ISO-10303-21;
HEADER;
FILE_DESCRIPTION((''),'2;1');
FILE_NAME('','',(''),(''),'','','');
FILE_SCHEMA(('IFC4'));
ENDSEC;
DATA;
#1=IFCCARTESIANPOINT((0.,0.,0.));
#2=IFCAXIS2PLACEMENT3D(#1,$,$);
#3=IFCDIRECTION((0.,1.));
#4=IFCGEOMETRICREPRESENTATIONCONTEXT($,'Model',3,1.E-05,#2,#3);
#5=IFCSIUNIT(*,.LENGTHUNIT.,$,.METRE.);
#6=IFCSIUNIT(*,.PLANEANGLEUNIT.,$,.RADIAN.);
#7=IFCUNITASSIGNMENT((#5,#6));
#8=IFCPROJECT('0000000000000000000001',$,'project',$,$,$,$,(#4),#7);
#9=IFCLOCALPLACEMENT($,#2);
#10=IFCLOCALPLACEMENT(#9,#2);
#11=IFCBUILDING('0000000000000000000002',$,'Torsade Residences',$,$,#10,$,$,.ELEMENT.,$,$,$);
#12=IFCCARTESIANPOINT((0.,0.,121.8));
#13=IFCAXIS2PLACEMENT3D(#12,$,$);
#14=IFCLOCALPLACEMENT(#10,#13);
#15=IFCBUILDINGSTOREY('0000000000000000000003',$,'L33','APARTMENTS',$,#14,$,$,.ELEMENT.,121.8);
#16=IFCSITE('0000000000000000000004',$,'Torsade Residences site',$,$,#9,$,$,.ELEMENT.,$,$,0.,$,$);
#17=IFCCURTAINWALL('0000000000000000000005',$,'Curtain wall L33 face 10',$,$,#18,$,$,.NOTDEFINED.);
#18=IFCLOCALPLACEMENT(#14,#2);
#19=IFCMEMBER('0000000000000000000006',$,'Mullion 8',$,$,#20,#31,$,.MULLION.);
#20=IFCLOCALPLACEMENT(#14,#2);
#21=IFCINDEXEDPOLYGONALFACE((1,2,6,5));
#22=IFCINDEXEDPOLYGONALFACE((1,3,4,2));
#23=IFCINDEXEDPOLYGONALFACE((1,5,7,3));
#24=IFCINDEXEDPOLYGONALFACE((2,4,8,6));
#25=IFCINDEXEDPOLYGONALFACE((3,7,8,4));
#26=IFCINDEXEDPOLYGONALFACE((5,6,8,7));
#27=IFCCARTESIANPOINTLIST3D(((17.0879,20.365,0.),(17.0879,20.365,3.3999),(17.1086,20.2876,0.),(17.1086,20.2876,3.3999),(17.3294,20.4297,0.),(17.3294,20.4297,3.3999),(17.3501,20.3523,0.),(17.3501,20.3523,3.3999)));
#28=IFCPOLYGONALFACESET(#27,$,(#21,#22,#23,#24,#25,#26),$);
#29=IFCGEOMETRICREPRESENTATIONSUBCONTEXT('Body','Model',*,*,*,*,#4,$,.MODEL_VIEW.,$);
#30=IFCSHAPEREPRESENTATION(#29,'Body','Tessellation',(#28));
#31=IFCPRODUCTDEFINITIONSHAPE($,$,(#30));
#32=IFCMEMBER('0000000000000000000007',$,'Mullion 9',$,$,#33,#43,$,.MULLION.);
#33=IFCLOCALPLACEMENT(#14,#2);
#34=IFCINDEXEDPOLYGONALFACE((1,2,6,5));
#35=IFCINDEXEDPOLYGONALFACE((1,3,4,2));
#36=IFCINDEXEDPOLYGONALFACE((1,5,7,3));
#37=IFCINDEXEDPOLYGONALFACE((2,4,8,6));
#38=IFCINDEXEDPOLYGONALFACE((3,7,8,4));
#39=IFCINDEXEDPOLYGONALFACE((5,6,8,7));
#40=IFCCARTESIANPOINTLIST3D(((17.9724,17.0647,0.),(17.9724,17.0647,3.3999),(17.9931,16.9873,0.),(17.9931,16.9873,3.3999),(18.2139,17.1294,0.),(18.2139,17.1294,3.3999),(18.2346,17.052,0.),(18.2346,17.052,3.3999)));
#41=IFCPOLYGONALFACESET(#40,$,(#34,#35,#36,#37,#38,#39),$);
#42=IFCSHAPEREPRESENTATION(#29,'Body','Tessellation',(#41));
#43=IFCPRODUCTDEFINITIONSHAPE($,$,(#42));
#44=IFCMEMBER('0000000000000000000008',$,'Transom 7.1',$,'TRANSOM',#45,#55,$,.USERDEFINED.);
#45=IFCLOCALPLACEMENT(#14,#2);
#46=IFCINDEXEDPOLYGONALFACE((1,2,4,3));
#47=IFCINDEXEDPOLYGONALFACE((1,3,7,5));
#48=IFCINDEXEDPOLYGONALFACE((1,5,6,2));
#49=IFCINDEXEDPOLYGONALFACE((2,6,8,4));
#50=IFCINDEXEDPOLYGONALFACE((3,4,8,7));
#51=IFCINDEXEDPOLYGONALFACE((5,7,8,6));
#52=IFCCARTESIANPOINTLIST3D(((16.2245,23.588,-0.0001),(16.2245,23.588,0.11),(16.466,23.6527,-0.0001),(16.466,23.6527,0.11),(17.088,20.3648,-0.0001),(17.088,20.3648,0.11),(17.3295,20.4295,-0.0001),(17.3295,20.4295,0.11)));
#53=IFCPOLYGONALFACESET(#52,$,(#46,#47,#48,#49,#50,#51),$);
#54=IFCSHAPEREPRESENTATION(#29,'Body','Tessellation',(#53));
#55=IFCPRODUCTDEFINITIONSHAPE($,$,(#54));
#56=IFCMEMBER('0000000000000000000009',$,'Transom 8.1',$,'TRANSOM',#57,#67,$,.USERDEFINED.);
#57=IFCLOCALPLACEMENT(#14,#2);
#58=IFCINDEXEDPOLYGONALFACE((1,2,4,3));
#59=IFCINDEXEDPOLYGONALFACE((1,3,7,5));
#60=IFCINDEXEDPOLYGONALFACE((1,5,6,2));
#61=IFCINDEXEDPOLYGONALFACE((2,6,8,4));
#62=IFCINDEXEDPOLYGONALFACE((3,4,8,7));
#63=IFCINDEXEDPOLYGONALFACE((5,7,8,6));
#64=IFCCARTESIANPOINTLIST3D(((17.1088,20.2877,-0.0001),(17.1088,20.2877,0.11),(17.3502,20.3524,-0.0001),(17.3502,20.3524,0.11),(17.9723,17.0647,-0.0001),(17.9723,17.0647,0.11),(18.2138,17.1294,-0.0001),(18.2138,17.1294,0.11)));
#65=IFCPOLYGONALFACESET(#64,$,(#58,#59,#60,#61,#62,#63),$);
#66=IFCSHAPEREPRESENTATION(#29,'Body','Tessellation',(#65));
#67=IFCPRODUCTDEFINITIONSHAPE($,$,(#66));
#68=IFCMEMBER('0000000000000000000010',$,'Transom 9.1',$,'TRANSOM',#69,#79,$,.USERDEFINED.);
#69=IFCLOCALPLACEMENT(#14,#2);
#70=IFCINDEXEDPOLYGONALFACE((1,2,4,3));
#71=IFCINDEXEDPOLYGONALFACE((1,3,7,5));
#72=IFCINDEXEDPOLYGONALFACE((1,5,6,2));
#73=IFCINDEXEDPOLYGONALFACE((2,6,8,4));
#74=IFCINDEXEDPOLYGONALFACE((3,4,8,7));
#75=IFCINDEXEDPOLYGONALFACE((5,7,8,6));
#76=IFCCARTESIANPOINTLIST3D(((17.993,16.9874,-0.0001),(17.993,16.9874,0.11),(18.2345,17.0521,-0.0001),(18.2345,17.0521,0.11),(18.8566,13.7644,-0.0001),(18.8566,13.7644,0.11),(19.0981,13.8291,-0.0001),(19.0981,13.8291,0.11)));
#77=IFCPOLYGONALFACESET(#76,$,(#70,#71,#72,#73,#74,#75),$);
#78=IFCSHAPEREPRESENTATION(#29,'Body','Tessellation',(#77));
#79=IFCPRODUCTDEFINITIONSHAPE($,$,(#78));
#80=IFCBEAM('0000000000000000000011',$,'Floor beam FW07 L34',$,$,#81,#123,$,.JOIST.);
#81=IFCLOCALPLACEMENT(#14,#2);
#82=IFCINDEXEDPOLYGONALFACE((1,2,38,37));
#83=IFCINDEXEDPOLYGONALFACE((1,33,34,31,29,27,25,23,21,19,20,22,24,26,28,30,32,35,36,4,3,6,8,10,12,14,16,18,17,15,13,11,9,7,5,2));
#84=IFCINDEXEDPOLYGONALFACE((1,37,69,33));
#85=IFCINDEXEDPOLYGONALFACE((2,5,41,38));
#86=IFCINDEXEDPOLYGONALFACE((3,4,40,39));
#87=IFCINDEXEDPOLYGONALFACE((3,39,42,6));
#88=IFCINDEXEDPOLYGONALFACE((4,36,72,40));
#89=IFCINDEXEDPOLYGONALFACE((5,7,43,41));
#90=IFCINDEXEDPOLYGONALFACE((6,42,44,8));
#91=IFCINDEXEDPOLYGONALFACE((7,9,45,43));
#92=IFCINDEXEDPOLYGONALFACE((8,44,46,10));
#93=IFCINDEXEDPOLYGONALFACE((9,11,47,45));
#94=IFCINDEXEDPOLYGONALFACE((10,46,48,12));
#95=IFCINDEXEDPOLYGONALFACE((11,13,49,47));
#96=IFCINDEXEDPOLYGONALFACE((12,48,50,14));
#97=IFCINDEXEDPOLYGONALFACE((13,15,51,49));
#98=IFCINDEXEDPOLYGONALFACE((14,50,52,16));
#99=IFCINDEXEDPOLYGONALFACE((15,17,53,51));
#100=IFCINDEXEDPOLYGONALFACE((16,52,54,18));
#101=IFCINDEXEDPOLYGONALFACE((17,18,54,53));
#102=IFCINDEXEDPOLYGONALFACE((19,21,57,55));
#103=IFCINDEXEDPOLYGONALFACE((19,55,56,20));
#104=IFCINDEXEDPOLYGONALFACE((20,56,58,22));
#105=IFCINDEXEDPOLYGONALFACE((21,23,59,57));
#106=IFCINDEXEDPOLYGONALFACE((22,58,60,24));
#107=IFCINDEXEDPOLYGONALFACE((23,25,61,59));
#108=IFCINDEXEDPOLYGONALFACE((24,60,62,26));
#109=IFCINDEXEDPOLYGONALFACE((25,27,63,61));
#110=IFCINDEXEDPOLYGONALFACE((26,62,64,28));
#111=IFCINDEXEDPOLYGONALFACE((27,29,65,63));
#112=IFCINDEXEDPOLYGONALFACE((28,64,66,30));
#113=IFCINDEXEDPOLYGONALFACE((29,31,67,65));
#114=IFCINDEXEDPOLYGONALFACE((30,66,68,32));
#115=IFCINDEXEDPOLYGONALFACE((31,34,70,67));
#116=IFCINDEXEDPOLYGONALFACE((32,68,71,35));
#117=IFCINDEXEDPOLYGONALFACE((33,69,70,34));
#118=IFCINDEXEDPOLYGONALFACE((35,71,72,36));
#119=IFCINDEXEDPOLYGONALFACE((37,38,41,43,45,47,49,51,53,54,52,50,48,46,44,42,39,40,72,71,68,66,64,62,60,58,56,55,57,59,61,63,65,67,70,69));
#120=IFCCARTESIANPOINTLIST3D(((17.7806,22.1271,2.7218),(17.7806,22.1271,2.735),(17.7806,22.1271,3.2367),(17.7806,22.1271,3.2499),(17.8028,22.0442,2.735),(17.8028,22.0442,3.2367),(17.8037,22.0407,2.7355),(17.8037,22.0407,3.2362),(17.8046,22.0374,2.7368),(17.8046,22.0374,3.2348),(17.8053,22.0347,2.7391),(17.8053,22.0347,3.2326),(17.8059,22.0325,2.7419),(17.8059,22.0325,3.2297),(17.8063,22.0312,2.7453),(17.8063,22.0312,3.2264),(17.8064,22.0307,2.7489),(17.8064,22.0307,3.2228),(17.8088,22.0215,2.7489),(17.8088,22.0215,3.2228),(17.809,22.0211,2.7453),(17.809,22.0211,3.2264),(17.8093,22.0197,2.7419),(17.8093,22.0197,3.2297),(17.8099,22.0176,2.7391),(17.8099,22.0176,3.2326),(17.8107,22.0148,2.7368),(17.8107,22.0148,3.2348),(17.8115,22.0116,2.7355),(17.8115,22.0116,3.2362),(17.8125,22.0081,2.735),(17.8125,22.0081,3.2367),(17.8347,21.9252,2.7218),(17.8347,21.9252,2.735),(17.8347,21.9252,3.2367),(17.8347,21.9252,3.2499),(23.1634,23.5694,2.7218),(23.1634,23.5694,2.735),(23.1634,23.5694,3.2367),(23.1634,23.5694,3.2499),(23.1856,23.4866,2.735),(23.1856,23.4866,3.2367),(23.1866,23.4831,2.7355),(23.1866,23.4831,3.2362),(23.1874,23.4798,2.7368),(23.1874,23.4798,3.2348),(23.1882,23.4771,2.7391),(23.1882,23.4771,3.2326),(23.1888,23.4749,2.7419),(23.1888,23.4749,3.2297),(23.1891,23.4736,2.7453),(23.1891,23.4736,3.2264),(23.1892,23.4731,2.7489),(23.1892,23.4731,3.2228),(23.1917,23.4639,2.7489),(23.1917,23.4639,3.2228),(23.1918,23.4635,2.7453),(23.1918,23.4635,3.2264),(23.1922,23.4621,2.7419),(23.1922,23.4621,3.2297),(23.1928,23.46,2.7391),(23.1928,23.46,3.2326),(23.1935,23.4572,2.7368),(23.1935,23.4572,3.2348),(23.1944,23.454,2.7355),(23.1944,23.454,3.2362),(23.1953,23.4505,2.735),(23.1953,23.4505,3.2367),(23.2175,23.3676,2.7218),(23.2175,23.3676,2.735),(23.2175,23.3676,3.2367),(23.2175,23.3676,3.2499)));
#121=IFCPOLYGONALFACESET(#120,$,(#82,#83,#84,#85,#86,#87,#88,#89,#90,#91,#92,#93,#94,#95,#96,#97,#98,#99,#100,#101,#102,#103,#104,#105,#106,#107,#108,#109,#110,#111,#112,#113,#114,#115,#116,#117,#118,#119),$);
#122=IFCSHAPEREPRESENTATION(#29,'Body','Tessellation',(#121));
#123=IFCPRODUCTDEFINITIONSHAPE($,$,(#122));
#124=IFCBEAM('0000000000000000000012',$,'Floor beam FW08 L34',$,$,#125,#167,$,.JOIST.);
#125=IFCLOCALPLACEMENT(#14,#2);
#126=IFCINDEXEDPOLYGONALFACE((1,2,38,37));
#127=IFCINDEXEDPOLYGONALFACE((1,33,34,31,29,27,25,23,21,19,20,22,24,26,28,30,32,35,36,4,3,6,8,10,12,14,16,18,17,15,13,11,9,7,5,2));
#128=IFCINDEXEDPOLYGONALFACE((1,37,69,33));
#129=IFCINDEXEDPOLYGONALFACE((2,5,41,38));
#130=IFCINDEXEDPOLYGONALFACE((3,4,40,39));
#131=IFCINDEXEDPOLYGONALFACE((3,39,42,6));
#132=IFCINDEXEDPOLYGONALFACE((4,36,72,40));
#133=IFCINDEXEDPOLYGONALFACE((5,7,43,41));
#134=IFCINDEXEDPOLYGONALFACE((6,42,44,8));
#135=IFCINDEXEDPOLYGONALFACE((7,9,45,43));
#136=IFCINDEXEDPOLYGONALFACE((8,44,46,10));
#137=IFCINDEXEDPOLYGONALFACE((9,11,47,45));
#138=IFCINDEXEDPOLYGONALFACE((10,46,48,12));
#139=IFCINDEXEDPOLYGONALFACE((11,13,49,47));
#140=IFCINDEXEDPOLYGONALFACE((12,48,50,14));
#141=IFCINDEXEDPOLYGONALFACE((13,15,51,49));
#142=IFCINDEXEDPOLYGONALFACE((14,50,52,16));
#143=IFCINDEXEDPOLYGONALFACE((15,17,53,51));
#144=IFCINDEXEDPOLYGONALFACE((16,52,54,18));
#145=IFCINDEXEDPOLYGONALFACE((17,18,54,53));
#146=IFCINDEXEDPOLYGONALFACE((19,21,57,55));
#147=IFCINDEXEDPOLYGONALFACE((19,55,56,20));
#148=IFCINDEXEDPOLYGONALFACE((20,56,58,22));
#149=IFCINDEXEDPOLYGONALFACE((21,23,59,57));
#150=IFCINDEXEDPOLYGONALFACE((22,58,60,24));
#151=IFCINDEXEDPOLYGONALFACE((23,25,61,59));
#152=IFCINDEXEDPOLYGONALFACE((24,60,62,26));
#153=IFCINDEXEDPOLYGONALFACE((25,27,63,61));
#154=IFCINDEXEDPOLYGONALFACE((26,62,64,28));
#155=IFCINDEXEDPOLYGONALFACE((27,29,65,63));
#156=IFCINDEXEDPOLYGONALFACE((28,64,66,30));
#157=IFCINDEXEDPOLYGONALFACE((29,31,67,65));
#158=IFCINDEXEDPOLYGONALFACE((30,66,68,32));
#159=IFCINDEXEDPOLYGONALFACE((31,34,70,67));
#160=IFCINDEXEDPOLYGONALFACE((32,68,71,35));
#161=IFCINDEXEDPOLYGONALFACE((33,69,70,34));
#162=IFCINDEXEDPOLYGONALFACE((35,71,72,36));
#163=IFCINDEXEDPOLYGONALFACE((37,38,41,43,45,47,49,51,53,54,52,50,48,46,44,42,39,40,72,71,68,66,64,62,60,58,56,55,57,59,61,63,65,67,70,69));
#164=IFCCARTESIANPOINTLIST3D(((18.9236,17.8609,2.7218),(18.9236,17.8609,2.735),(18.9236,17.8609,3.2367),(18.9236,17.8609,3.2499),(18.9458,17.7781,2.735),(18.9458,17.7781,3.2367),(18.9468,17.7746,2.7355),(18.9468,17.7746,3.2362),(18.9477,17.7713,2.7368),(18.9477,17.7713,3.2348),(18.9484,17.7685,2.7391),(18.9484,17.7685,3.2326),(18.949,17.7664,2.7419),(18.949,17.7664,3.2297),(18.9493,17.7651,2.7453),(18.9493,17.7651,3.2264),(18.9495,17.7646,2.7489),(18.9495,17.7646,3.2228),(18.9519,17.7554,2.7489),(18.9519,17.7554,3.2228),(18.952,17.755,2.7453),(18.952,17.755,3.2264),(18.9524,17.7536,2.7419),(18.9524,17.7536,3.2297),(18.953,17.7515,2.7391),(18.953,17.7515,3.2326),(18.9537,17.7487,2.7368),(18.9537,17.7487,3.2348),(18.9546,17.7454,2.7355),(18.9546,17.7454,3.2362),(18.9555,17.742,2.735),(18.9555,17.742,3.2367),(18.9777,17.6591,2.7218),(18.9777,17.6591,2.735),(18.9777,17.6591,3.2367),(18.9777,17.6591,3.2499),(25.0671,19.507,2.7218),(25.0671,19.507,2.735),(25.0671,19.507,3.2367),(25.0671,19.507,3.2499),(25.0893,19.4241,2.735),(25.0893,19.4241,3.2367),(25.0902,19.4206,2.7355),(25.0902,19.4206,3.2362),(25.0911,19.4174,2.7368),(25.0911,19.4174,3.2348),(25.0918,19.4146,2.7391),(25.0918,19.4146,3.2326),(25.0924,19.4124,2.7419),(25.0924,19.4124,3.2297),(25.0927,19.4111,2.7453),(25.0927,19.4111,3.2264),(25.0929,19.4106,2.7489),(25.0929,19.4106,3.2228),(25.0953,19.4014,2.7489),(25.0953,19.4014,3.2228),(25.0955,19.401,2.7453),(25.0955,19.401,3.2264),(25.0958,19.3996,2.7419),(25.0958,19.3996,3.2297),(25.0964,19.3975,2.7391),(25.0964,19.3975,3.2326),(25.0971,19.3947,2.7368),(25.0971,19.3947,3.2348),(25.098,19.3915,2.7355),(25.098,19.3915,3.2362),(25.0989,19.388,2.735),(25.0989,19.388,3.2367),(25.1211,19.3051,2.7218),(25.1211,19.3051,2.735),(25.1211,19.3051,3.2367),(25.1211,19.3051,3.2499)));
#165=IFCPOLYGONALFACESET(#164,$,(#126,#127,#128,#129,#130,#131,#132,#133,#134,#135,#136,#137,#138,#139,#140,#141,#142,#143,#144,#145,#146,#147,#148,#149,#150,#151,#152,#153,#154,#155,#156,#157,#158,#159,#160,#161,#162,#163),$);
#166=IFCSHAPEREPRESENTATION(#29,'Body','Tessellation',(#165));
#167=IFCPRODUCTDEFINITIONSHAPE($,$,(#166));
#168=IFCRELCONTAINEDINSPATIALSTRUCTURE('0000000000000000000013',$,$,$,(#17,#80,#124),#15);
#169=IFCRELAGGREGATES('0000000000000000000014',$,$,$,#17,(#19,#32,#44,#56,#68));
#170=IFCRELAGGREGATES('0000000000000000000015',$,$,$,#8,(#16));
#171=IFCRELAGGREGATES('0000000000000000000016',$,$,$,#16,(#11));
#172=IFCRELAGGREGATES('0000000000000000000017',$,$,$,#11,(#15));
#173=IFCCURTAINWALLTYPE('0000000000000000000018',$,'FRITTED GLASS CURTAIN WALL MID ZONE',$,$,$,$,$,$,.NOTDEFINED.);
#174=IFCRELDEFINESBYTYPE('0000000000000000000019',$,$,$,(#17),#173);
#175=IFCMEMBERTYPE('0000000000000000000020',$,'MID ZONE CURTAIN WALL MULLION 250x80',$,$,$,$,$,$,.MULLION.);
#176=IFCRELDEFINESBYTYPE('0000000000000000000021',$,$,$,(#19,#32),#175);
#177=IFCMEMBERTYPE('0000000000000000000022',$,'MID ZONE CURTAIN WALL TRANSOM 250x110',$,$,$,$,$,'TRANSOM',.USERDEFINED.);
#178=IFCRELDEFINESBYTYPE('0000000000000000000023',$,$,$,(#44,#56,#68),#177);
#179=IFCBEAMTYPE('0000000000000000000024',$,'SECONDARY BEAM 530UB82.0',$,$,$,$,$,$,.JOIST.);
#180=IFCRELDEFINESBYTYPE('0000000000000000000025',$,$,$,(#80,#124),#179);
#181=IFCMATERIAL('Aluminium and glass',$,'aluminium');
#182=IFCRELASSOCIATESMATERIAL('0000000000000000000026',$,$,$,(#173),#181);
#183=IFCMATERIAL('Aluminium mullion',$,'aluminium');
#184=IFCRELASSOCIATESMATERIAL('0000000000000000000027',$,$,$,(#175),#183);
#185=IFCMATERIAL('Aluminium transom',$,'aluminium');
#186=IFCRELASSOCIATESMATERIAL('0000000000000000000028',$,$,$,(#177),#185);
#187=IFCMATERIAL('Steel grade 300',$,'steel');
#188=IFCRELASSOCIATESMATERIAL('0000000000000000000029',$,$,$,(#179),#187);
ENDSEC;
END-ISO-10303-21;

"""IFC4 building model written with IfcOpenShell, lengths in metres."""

from ifc_helpers import new_model, si_unit, direction, frame, origin, origin_2d, place, context, subcontext, project, spatial, rectangle, i_section, extrude, material, material_profile, profile_set, type_object, element, aggregate, save


model = new_model("IFC4")

# Units and contexts
model_context = context("Model", 3, precision=1e-05, world=origin(), true_north=direction((0.0, 1.0)))
body_context = subcontext(model_context, "Body", "Model", "MODEL_VIEW")
ifc_project = project(units=[si_unit("LENGTHUNIT", "METRE"), si_unit("PLANEANGLEUNIT", "RADIAN")], contexts=[model_context])

# Site, building, storey
site_placement = place(None, origin())
site = spatial("IfcSite", under=ifc_project, at=site_placement, Name="Torsade Residences site", CompositionType="ELEMENT", RefElevation=0.0)
building_placement = place(site_placement, origin())
building = spatial("IfcBuilding", under=site, at=building_placement, Name="Torsade Residences", CompositionType="ELEMENT")
storey_placement = place(building_placement, frame((0.0, 0.0, 121.8)))
storey = spatial("IfcBuildingStorey", under=building, at=storey_placement, Name="L33", Description="APARTMENTS", CompositionType="ELEMENT", Elevation=121.8)

# Curtain wall, members
ifc_material_1 = material(Name="Aluminium and glass", Category="aluminium")
curtain_wall_type = type_object("IfcCurtainWallType", Name="FRITTED GLASS CURTAIN WALL MID ZONE", PredefinedType="NOTDEFINED", material=ifc_material_1)
curtain_wall_placement = place(storey_placement, origin())
curtain_wall = element("IfcCurtainWall", 1, at=curtain_wall_placement, inside=storey, type_object=curtain_wall_type, Name="Curtain wall L33 face 10", PredefinedType="NOTDEFINED")
ifc_material_2 = material(Name="Aluminium mullion", Category="aluminium")
ifc_material_profile_1 = material_profile(ifc_material_2, rectangle(XDim=0.25, YDim=0.0801, at=origin_2d()), Name="MID ZONE CURTAIN WALL MULLION 250x80")
ifc_profile_set_1 = profile_set([ifc_material_profile_1], Name="Aluminium mullion")
member_type_1 = type_object("IfcMemberType", Name="MID ZONE CURTAIN WALL MULLION 250x80", PredefinedType="MULLION", material=ifc_profile_set_1)
member_1_placement = place(storey_placement, frame((17.219, 20.3586, 0.0), z_axis=(0.0, 0.0, 1.0), x_axis=(0.965926, 0.258819, 0.0)))
member_1 = element("IfcMember", 2, at=member_1_placement, type_object=member_type_1, Name="Mullion 8", PredefinedType="MULLION", context=body_context, shape_type="SweptSolid", body=[
    extrude(rectangle(XDim=0.25, YDim=0.0801, at=origin_2d()), origin(), (0.0, 0.0, 1.0), 3.3999),
])
member_2_placement = place(storey_placement, frame((18.1035, 17.0583, 0.0), z_axis=(0.0, 0.0, 1.0), x_axis=(0.965926, 0.258819, 0.0)))
member_2 = element("IfcMember", 3, at=member_2_placement, type_object=member_type_1, Name="Mullion 9", PredefinedType="MULLION", context=body_context, shape_type="SweptSolid", body=[
    extrude(rectangle(XDim=0.25, YDim=0.0801, at=origin_2d()), origin(), (0.0, 0.0, 1.0), 3.3999),
])
ifc_material_3 = material(Name="Aluminium transom", Category="aluminium")
ifc_material_profile_2 = material_profile(ifc_material_3, rectangle(XDim=0.25, YDim=0.1101, at=origin_2d()), Name="MID ZONE CURTAIN WALL TRANSOM 250x110")
ifc_profile_set_2 = profile_set([ifc_material_profile_2], Name="Aluminium transom")
member_type_2 = type_object("IfcMemberType", Name="MID ZONE CURTAIN WALL TRANSOM 250x110", ElementType="TRANSOM", PredefinedType="USERDEFINED", material=ifc_profile_set_2)
member_3_placement = place(storey_placement, frame((16.3452, 23.6204, 0.0549), z_axis=(0.258787, -0.965934, 0.0), x_axis=(0.965934, 0.258787, 0.0)))
member_3 = element("IfcMember", 4, at=member_3_placement, type_object=member_type_2, Name="Transom 7.1", ObjectType="TRANSOM", PredefinedType="USERDEFINED", context=body_context, shape_type="SweptSolid", body=[
    extrude(rectangle(XDim=0.25, YDim=0.1101, at=origin_2d()), origin(), (0.0, 0.0, 1.0), 3.3369),
])
member_4_placement = place(storey_placement, frame((17.2295, 20.3201, 0.0549), z_axis=(0.258806, -0.965929, 0.0), x_axis=(0.965929, 0.258806, 0.0)))
member_4 = element("IfcMember", 5, at=member_4_placement, type_object=member_type_2, Name="Transom 8.1", ObjectType="TRANSOM", PredefinedType="USERDEFINED", context=body_context, shape_type="SweptSolid", body=[
    extrude(rectangle(XDim=0.25, YDim=0.1101, at=origin_2d()), origin(), (0.0, 0.0, 1.0), 3.3367),
])
member_5_placement = place(storey_placement, frame((18.1138, 17.0198, 0.0549), z_axis=(0.258806, -0.965929, 0.0), x_axis=(0.965929, 0.258806, 0.0)))
member_5 = element("IfcMember", 6, at=member_5_placement, type_object=member_type_2, Name="Transom 9.1", ObjectType="TRANSOM", PredefinedType="USERDEFINED", context=body_context, shape_type="SweptSolid", body=[
    extrude(rectangle(XDim=0.25, YDim=0.1101, at=origin_2d()), origin(), (0.0, 0.0, 1.0), 3.3367),
])

# Beams
ifc_material_4 = material(Name="Steel grade 300", Category="steel")
ifc_material_profile_3 = material_profile(ifc_material_4, i_section(OverallWidth=0.209, OverallDepth=0.5281, WebThickness=0.0095, FlangeThickness=0.0132, FilletRadius=0.0139, at=origin_2d()), Name="530UB82.0")
ifc_profile_set_3 = profile_set([ifc_material_profile_3], Name="Steel grade 300")
beam_type = type_object("IfcBeamType", Name="SECONDARY BEAM 530UB82.0", PredefinedType="JOIST", material=ifc_profile_set_3)
beam_1_placement = place(storey_placement, frame((17.8076, 22.0261, 2.9858), z_axis=(0.965923, 0.25883, 0.0), x_axis=(-0.25883, 0.965923, 0.0)))
element("IfcBeam", 7, at=beam_1_placement, inside=storey, type_object=beam_type, Name="Floor beam FW07 L34", PredefinedType="JOIST", context=body_context, shape_type="SweptSolid", body=[
    extrude(i_section(OverallWidth=0.209, OverallDepth=0.5281, WebThickness=0.0095, FlangeThickness=0.0132, FilletRadius=0.0139, at=origin_2d()), origin(), (0.0, 0.0, 1.0), 5.5728),
])
beam_2_placement = place(storey_placement, frame((18.9507, 17.76, 2.9858), z_axis=(0.96593, 0.258805, 0.0), x_axis=(-0.258805, 0.96593, 0.0)))
element("IfcBeam", 8, at=beam_2_placement, inside=storey, type_object=beam_type, Name="Floor beam FW08 L34", PredefinedType="JOIST", context=body_context, shape_type="SweptSolid", body=[
    extrude(i_section(OverallWidth=0.209, OverallDepth=0.5281, WebThickness=0.0095, FlangeThickness=0.0132, FilletRadius=0.0139, at=origin_2d()), origin(), (0.0, 0.0, 1.0), 6.3601),
])

aggregate(curtain_wall, [member_1, member_2, member_3, member_4, member_5])

save(model, "model.ifc")
